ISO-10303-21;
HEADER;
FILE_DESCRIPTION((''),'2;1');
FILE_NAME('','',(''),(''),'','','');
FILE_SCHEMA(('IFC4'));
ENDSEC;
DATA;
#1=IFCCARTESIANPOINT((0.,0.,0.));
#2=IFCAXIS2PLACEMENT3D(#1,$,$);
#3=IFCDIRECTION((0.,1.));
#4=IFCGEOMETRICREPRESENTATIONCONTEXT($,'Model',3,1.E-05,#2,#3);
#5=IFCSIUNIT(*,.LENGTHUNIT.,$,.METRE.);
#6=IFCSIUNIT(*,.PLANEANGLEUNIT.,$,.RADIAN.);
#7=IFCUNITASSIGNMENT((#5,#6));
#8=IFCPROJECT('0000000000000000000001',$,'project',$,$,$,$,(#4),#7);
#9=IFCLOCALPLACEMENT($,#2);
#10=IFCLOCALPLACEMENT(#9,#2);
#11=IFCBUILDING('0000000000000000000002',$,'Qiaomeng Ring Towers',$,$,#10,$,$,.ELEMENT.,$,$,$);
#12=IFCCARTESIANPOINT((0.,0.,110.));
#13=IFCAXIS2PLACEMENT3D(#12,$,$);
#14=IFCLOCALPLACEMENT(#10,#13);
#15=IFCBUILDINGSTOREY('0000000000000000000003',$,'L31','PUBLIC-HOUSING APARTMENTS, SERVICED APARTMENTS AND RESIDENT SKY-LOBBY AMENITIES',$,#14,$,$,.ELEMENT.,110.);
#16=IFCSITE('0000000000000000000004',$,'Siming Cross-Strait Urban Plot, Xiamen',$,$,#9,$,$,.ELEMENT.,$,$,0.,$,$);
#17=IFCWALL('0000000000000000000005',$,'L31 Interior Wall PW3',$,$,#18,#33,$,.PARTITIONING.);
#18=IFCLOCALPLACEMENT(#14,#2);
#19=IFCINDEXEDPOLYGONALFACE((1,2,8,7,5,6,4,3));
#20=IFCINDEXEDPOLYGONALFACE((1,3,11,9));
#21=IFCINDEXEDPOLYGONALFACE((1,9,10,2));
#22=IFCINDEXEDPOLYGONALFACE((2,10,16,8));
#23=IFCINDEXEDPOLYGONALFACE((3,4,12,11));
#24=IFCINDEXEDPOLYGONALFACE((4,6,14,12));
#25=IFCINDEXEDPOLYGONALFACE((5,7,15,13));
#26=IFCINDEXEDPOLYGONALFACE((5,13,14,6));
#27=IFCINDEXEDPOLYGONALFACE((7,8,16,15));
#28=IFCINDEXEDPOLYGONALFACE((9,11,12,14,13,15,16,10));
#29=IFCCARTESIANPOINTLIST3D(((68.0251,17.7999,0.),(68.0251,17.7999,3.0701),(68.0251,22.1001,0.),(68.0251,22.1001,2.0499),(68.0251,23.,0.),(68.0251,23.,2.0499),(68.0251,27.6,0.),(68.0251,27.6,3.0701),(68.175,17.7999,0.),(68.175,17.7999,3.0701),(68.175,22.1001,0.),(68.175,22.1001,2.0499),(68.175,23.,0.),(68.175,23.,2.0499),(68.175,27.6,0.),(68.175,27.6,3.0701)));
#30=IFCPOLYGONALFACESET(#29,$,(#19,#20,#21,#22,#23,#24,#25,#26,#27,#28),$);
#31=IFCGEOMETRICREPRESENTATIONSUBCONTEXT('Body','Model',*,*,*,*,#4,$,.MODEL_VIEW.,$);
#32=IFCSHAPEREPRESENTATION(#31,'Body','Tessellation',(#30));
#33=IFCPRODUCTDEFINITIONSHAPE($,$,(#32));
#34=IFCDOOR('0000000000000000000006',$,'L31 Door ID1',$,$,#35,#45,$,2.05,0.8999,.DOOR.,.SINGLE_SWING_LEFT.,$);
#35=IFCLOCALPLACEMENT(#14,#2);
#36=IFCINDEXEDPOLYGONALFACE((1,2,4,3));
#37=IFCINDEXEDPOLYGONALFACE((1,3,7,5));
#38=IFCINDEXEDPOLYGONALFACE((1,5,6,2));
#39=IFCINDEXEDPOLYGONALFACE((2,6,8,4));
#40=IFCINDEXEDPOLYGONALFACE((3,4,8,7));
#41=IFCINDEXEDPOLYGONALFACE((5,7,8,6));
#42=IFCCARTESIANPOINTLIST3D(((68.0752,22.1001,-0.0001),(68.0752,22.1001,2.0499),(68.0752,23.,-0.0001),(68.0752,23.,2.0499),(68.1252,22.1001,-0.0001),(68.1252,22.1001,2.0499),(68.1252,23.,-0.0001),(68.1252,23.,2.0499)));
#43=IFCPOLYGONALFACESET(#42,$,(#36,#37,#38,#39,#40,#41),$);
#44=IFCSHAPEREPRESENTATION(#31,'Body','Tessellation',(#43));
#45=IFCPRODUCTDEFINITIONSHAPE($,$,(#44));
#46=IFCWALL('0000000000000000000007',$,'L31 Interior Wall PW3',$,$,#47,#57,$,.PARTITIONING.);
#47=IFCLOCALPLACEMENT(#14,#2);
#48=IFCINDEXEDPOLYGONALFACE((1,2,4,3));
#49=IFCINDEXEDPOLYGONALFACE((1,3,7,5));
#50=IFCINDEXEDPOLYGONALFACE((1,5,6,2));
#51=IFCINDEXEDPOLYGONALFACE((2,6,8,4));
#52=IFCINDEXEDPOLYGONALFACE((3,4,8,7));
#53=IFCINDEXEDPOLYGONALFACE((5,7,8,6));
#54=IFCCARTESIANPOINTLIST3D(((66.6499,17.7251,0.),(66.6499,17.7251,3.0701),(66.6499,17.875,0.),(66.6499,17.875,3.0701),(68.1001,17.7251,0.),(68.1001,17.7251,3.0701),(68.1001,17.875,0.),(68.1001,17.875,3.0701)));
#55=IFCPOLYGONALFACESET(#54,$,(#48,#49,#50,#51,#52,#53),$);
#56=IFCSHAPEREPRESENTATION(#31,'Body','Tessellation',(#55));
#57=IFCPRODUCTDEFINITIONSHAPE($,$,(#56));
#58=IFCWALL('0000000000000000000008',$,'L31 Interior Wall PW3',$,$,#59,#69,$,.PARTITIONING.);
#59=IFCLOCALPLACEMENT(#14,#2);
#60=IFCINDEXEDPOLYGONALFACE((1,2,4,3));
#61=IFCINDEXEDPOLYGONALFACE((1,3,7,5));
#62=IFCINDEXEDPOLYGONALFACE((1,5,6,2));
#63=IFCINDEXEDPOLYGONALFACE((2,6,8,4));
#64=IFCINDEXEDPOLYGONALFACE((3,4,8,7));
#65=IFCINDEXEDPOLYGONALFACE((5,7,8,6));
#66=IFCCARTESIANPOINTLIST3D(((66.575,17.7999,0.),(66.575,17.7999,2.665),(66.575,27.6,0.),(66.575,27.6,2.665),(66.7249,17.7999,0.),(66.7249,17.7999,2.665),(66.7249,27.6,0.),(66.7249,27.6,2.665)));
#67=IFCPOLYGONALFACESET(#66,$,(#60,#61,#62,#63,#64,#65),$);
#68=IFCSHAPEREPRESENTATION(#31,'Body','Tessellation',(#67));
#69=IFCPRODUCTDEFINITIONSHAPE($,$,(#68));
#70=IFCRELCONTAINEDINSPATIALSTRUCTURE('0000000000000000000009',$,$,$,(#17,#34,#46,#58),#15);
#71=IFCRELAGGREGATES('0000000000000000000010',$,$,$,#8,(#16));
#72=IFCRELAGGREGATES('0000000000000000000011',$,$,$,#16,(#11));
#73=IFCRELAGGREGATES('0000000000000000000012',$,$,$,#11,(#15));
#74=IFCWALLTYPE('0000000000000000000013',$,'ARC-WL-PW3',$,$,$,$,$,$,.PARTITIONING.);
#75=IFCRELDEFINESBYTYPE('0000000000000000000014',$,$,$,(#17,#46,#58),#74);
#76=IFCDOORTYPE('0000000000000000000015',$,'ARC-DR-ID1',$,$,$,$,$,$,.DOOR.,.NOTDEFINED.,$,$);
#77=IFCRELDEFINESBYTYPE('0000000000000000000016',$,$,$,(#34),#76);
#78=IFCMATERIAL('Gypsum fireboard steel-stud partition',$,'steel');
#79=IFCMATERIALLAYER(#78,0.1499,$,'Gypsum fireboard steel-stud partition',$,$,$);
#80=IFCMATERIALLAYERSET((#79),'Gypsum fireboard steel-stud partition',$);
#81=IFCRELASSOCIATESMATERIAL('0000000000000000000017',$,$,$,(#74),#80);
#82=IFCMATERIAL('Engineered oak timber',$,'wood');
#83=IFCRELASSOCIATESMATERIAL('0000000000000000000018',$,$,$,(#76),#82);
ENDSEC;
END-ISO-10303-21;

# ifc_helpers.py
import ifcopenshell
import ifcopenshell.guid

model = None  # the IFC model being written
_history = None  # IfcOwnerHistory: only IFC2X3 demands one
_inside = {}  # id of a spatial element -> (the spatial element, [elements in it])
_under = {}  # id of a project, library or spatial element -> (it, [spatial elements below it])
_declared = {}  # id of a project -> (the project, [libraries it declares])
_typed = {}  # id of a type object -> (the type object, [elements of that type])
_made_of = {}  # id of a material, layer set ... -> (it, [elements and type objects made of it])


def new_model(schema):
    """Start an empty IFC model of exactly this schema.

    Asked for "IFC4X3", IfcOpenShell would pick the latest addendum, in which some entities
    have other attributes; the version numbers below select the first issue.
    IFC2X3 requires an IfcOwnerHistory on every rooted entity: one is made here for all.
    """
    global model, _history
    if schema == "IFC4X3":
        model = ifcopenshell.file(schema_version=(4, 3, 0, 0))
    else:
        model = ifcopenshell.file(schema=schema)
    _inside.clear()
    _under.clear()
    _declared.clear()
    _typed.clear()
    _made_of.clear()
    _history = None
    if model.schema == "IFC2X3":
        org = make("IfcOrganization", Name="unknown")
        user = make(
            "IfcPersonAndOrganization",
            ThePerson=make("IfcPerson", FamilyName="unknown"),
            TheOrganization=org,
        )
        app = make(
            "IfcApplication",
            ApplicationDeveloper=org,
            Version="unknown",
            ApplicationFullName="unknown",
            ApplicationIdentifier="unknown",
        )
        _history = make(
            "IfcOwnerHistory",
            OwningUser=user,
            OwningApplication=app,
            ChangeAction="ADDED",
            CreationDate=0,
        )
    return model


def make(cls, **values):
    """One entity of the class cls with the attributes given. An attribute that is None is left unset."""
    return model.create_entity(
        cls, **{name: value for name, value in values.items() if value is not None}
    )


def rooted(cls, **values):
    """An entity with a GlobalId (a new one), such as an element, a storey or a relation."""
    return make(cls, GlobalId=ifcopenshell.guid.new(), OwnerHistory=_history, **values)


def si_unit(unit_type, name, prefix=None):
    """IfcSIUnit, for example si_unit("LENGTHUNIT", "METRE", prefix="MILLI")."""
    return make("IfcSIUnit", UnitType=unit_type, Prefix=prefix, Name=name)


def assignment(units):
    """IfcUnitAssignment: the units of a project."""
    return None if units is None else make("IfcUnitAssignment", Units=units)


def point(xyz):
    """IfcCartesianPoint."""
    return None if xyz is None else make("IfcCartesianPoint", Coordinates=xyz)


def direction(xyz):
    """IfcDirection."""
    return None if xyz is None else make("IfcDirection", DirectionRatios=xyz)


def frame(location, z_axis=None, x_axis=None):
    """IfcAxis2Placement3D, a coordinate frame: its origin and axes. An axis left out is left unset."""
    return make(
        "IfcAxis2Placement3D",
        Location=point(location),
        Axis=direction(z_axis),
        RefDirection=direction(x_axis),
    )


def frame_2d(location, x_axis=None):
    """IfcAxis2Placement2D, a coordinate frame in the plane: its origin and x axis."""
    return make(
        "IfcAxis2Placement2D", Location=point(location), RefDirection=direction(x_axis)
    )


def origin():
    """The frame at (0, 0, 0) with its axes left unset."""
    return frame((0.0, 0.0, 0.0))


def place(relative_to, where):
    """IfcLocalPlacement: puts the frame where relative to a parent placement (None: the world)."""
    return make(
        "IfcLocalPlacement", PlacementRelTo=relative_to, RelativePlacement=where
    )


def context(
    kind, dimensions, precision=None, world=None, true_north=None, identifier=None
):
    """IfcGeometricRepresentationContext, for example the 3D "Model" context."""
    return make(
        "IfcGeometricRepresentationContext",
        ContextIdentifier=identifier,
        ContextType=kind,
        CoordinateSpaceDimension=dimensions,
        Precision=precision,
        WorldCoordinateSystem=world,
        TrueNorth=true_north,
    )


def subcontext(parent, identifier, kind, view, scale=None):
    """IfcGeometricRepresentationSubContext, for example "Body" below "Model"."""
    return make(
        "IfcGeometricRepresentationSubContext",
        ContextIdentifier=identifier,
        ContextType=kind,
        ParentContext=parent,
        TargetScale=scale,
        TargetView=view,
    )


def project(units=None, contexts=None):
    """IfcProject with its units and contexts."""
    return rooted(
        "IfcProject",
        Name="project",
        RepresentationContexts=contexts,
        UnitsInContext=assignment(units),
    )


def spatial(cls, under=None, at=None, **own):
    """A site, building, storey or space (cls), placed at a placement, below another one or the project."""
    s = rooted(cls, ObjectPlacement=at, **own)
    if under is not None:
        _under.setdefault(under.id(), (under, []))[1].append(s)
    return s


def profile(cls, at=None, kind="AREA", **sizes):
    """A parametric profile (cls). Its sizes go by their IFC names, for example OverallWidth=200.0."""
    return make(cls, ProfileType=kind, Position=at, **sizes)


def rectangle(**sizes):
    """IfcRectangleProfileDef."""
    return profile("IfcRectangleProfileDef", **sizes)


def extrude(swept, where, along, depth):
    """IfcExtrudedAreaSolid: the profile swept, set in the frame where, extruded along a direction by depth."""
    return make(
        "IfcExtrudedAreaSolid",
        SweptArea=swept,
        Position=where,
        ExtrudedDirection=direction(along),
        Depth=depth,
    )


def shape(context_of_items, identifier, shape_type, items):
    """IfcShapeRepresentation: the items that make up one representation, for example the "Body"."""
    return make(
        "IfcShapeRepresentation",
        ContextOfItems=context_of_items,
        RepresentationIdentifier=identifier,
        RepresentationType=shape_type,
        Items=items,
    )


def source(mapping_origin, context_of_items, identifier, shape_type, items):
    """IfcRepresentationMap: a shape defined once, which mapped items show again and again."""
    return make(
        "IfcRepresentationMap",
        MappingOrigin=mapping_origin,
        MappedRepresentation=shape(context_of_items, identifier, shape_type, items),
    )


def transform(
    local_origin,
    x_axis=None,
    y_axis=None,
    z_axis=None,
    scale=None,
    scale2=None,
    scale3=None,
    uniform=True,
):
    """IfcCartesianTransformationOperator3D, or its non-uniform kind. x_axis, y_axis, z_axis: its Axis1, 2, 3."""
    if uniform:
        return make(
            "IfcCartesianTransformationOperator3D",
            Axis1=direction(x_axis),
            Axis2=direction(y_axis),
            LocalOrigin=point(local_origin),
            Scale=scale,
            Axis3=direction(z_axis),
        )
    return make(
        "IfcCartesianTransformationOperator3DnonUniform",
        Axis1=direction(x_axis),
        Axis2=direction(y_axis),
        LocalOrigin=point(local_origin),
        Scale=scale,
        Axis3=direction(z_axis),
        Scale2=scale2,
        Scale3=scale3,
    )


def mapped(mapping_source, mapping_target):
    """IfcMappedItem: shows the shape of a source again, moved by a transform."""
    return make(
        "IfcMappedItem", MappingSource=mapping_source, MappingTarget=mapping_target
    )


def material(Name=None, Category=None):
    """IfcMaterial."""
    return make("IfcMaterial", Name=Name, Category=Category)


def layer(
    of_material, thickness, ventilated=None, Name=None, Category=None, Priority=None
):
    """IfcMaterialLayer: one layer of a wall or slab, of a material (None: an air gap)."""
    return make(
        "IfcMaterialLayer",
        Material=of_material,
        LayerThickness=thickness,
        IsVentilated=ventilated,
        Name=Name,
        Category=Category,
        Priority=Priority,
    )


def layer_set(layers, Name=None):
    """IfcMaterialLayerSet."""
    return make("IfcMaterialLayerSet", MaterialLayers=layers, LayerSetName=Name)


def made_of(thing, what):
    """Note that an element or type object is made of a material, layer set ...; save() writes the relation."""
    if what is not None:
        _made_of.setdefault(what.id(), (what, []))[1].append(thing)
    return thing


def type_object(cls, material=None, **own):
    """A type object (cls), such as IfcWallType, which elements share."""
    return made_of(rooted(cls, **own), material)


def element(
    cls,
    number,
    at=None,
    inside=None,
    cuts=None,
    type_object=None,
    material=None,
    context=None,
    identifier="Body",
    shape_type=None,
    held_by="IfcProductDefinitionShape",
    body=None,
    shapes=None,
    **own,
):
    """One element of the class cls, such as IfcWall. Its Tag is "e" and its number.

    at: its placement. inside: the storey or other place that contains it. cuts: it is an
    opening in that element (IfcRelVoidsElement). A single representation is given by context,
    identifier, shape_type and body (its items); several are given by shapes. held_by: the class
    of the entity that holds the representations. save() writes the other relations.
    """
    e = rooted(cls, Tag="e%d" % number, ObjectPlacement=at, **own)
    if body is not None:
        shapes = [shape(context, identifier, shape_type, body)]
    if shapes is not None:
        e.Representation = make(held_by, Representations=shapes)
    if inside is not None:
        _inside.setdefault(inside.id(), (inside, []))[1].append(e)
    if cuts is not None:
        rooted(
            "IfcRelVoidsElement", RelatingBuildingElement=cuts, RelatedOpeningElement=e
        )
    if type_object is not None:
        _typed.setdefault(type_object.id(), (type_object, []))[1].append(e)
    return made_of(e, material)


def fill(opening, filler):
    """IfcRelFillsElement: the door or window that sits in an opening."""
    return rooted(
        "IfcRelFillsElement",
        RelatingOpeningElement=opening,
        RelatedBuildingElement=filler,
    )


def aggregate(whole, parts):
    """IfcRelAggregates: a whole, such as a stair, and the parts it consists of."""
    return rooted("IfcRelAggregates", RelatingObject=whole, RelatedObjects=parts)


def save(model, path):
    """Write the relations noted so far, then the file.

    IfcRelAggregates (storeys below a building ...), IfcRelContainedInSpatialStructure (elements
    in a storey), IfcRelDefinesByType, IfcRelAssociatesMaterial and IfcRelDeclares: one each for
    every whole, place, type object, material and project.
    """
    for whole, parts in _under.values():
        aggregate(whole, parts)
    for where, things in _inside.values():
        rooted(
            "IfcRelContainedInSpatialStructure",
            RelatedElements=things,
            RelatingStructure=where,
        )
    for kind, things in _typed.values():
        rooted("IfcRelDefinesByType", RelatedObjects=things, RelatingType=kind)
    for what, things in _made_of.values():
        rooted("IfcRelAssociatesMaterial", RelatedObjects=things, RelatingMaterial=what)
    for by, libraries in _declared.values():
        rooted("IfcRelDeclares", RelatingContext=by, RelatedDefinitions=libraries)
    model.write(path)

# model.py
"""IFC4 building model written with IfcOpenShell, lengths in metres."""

from ifc_helpers import new_model, si_unit, direction, frame, frame_2d, origin, place, context, subcontext, project, spatial, rectangle, extrude, source, transform, mapped, material, layer, layer_set, type_object, element, fill, save


model = new_model("IFC4")

# Units and contexts
model_context = context("Model", 3, precision=1e-05, world=origin(), true_north=direction((0.0, 1.0)))
body_context = subcontext(model_context, "Body", "Model", "MODEL_VIEW")
ifc_project = project(units=[si_unit("LENGTHUNIT", "METRE"), si_unit("PLANEANGLEUNIT", "RADIAN")], contexts=[model_context])

# Site, building, storey
site_placement = place(None, origin())
site = spatial("IfcSite", under=ifc_project, at=site_placement, Name="Siming Cross-Strait Urban Plot, Xiamen", CompositionType="ELEMENT", RefElevation=0.0)
building_placement = place(site_placement, origin())
building = spatial("IfcBuilding", under=site, at=building_placement, Name="Qiaomeng Ring Towers", CompositionType="ELEMENT")
storey_placement = place(building_placement, frame((0.0, 0.0, 110.0)))
storey = spatial("IfcBuildingStorey", under=building, at=storey_placement, Name="L31", Description="PUBLIC-HOUSING APARTMENTS, SERVICED APARTMENTS AND RESIDENT SKY-LOBBY AMENITIES", CompositionType="ELEMENT", Elevation=110.0)

# Shared definitions
ifc_material_1 = material(Name="Gypsum fireboard steel-stud partition", Category="steel")
ifc_layer_1 = layer(ifc_material_1, 0.1499, Name="Gypsum fireboard steel-stud partition")
ifc_layer_set_1 = layer_set([ifc_layer_1], Name="Gypsum fireboard steel-stud partition")
wall_type_1 = type_object("IfcWallType", Name="ARC-WL-PW3", PredefinedType="PARTITIONING", material=ifc_layer_set_1)

# Wall, opening, door
wall_1_placement = place(storey_placement, frame((68.1001, 17.8, 0.0), z_axis=(0.0, 0.0, 1.0), x_axis=(0.0, 1.0, 0.0)))
wall_1 = element("IfcWall", 1, at=wall_1_placement, inside=storey, type_object=wall_type_1, Name="L31 Interior Wall PW3", PredefinedType="PARTITIONING", context=body_context, shape_type="SweptSolid", body=[
    extrude(rectangle(XDim=9.8, YDim=0.1499, at=frame_2d((4.8999, 0.0))), origin(), (0.0, 0.0, 1.0), 3.0701),
])
opening_1_placement = place(wall_1_placement, frame((4.3, 0.0, 0.0)))
opening_1 = element("IfcOpeningElement", 2, at=opening_1_placement, cuts=wall_1, PredefinedType="OPENING", context=body_context, shape_type="SweptSolid", body=[
    extrude(rectangle(XDim=0.8999, YDim=2.05, at=frame_2d((0.45, 1.0249))), frame((0.0, 0.085, 0.0), z_axis=(0.0, -1.0, 0.0), x_axis=(1.0, 0.0, 0.0)), (0.0, 0.0, 1.0), 0.1699),
])
ifc_material_2 = material(Name="Engineered oak timber", Category="wood")
door_type_1 = type_object("IfcDoorType", Name="ARC-DR-ID1", OperationType="NOTDEFINED", PredefinedType="DOOR", material=ifc_material_2)
shared_shape_1 = source(origin(), body_context, "Body", "SweptSolid", [
    extrude(rectangle(XDim=0.8999, YDim=2.05, at=frame_2d((0.45, 1.0249))), frame((0.0, 0.0249, 0.0), z_axis=(0.0, -1.0, 0.0), x_axis=(1.0, 0.0, 0.0)), (0.0, 0.0, 1.0), 0.05),
])
door_1_placement = place(opening_1_placement, origin())
door_1 = element("IfcDoor", 3, at=door_1_placement, inside=storey, type_object=door_type_1, Name="L31 Door ID1", OperationType="SINGLE_SWING_LEFT", OverallHeight=2.05, OverallWidth=0.8999, PredefinedType="DOOR", context=body_context, shape_type="MappedRepresentation", body=[
    mapped(shared_shape_1, transform((0.0, 0.0, 0.0), x_axis=(1.0, 0.0, 0.0), y_axis=(0.0, 1.0, 0.0), z_axis=(0.0, 0.0, 1.0), scale=1.0)),
])
fill(opening_1, door_1)

# Walls
wall_2_placement = place(storey_placement, frame((66.6499, 17.8, 0.0), z_axis=(0.0, 0.0, 1.0), x_axis=(1.0, 0.0, 0.0)))
element("IfcWall", 4, at=wall_2_placement, inside=storey, type_object=wall_type_1, Name="L31 Interior Wall PW3", PredefinedType="PARTITIONING", context=body_context, shape_type="SweptSolid", body=[
    extrude(rectangle(XDim=1.4502, YDim=0.1499, at=frame_2d((0.7251, 0.0))), origin(), (0.0, 0.0, 1.0), 3.0701),
])
wall_3_placement = place(storey_placement, frame((66.6499, 17.8, 0.0), z_axis=(0.0, 0.0, 1.0), x_axis=(0.0, 1.0, 0.0)))
element("IfcWall", 5, at=wall_3_placement, inside=storey, type_object=wall_type_1, Name="L31 Interior Wall PW3", PredefinedType="PARTITIONING", context=body_context, shape_type="SweptSolid", body=[
    extrude(rectangle(XDim=9.8, YDim=0.1499, at=frame_2d((4.8999, 0.0))), origin(), (0.0, 0.0, 1.0), 2.665),
])

save(model, "model.ifc")
